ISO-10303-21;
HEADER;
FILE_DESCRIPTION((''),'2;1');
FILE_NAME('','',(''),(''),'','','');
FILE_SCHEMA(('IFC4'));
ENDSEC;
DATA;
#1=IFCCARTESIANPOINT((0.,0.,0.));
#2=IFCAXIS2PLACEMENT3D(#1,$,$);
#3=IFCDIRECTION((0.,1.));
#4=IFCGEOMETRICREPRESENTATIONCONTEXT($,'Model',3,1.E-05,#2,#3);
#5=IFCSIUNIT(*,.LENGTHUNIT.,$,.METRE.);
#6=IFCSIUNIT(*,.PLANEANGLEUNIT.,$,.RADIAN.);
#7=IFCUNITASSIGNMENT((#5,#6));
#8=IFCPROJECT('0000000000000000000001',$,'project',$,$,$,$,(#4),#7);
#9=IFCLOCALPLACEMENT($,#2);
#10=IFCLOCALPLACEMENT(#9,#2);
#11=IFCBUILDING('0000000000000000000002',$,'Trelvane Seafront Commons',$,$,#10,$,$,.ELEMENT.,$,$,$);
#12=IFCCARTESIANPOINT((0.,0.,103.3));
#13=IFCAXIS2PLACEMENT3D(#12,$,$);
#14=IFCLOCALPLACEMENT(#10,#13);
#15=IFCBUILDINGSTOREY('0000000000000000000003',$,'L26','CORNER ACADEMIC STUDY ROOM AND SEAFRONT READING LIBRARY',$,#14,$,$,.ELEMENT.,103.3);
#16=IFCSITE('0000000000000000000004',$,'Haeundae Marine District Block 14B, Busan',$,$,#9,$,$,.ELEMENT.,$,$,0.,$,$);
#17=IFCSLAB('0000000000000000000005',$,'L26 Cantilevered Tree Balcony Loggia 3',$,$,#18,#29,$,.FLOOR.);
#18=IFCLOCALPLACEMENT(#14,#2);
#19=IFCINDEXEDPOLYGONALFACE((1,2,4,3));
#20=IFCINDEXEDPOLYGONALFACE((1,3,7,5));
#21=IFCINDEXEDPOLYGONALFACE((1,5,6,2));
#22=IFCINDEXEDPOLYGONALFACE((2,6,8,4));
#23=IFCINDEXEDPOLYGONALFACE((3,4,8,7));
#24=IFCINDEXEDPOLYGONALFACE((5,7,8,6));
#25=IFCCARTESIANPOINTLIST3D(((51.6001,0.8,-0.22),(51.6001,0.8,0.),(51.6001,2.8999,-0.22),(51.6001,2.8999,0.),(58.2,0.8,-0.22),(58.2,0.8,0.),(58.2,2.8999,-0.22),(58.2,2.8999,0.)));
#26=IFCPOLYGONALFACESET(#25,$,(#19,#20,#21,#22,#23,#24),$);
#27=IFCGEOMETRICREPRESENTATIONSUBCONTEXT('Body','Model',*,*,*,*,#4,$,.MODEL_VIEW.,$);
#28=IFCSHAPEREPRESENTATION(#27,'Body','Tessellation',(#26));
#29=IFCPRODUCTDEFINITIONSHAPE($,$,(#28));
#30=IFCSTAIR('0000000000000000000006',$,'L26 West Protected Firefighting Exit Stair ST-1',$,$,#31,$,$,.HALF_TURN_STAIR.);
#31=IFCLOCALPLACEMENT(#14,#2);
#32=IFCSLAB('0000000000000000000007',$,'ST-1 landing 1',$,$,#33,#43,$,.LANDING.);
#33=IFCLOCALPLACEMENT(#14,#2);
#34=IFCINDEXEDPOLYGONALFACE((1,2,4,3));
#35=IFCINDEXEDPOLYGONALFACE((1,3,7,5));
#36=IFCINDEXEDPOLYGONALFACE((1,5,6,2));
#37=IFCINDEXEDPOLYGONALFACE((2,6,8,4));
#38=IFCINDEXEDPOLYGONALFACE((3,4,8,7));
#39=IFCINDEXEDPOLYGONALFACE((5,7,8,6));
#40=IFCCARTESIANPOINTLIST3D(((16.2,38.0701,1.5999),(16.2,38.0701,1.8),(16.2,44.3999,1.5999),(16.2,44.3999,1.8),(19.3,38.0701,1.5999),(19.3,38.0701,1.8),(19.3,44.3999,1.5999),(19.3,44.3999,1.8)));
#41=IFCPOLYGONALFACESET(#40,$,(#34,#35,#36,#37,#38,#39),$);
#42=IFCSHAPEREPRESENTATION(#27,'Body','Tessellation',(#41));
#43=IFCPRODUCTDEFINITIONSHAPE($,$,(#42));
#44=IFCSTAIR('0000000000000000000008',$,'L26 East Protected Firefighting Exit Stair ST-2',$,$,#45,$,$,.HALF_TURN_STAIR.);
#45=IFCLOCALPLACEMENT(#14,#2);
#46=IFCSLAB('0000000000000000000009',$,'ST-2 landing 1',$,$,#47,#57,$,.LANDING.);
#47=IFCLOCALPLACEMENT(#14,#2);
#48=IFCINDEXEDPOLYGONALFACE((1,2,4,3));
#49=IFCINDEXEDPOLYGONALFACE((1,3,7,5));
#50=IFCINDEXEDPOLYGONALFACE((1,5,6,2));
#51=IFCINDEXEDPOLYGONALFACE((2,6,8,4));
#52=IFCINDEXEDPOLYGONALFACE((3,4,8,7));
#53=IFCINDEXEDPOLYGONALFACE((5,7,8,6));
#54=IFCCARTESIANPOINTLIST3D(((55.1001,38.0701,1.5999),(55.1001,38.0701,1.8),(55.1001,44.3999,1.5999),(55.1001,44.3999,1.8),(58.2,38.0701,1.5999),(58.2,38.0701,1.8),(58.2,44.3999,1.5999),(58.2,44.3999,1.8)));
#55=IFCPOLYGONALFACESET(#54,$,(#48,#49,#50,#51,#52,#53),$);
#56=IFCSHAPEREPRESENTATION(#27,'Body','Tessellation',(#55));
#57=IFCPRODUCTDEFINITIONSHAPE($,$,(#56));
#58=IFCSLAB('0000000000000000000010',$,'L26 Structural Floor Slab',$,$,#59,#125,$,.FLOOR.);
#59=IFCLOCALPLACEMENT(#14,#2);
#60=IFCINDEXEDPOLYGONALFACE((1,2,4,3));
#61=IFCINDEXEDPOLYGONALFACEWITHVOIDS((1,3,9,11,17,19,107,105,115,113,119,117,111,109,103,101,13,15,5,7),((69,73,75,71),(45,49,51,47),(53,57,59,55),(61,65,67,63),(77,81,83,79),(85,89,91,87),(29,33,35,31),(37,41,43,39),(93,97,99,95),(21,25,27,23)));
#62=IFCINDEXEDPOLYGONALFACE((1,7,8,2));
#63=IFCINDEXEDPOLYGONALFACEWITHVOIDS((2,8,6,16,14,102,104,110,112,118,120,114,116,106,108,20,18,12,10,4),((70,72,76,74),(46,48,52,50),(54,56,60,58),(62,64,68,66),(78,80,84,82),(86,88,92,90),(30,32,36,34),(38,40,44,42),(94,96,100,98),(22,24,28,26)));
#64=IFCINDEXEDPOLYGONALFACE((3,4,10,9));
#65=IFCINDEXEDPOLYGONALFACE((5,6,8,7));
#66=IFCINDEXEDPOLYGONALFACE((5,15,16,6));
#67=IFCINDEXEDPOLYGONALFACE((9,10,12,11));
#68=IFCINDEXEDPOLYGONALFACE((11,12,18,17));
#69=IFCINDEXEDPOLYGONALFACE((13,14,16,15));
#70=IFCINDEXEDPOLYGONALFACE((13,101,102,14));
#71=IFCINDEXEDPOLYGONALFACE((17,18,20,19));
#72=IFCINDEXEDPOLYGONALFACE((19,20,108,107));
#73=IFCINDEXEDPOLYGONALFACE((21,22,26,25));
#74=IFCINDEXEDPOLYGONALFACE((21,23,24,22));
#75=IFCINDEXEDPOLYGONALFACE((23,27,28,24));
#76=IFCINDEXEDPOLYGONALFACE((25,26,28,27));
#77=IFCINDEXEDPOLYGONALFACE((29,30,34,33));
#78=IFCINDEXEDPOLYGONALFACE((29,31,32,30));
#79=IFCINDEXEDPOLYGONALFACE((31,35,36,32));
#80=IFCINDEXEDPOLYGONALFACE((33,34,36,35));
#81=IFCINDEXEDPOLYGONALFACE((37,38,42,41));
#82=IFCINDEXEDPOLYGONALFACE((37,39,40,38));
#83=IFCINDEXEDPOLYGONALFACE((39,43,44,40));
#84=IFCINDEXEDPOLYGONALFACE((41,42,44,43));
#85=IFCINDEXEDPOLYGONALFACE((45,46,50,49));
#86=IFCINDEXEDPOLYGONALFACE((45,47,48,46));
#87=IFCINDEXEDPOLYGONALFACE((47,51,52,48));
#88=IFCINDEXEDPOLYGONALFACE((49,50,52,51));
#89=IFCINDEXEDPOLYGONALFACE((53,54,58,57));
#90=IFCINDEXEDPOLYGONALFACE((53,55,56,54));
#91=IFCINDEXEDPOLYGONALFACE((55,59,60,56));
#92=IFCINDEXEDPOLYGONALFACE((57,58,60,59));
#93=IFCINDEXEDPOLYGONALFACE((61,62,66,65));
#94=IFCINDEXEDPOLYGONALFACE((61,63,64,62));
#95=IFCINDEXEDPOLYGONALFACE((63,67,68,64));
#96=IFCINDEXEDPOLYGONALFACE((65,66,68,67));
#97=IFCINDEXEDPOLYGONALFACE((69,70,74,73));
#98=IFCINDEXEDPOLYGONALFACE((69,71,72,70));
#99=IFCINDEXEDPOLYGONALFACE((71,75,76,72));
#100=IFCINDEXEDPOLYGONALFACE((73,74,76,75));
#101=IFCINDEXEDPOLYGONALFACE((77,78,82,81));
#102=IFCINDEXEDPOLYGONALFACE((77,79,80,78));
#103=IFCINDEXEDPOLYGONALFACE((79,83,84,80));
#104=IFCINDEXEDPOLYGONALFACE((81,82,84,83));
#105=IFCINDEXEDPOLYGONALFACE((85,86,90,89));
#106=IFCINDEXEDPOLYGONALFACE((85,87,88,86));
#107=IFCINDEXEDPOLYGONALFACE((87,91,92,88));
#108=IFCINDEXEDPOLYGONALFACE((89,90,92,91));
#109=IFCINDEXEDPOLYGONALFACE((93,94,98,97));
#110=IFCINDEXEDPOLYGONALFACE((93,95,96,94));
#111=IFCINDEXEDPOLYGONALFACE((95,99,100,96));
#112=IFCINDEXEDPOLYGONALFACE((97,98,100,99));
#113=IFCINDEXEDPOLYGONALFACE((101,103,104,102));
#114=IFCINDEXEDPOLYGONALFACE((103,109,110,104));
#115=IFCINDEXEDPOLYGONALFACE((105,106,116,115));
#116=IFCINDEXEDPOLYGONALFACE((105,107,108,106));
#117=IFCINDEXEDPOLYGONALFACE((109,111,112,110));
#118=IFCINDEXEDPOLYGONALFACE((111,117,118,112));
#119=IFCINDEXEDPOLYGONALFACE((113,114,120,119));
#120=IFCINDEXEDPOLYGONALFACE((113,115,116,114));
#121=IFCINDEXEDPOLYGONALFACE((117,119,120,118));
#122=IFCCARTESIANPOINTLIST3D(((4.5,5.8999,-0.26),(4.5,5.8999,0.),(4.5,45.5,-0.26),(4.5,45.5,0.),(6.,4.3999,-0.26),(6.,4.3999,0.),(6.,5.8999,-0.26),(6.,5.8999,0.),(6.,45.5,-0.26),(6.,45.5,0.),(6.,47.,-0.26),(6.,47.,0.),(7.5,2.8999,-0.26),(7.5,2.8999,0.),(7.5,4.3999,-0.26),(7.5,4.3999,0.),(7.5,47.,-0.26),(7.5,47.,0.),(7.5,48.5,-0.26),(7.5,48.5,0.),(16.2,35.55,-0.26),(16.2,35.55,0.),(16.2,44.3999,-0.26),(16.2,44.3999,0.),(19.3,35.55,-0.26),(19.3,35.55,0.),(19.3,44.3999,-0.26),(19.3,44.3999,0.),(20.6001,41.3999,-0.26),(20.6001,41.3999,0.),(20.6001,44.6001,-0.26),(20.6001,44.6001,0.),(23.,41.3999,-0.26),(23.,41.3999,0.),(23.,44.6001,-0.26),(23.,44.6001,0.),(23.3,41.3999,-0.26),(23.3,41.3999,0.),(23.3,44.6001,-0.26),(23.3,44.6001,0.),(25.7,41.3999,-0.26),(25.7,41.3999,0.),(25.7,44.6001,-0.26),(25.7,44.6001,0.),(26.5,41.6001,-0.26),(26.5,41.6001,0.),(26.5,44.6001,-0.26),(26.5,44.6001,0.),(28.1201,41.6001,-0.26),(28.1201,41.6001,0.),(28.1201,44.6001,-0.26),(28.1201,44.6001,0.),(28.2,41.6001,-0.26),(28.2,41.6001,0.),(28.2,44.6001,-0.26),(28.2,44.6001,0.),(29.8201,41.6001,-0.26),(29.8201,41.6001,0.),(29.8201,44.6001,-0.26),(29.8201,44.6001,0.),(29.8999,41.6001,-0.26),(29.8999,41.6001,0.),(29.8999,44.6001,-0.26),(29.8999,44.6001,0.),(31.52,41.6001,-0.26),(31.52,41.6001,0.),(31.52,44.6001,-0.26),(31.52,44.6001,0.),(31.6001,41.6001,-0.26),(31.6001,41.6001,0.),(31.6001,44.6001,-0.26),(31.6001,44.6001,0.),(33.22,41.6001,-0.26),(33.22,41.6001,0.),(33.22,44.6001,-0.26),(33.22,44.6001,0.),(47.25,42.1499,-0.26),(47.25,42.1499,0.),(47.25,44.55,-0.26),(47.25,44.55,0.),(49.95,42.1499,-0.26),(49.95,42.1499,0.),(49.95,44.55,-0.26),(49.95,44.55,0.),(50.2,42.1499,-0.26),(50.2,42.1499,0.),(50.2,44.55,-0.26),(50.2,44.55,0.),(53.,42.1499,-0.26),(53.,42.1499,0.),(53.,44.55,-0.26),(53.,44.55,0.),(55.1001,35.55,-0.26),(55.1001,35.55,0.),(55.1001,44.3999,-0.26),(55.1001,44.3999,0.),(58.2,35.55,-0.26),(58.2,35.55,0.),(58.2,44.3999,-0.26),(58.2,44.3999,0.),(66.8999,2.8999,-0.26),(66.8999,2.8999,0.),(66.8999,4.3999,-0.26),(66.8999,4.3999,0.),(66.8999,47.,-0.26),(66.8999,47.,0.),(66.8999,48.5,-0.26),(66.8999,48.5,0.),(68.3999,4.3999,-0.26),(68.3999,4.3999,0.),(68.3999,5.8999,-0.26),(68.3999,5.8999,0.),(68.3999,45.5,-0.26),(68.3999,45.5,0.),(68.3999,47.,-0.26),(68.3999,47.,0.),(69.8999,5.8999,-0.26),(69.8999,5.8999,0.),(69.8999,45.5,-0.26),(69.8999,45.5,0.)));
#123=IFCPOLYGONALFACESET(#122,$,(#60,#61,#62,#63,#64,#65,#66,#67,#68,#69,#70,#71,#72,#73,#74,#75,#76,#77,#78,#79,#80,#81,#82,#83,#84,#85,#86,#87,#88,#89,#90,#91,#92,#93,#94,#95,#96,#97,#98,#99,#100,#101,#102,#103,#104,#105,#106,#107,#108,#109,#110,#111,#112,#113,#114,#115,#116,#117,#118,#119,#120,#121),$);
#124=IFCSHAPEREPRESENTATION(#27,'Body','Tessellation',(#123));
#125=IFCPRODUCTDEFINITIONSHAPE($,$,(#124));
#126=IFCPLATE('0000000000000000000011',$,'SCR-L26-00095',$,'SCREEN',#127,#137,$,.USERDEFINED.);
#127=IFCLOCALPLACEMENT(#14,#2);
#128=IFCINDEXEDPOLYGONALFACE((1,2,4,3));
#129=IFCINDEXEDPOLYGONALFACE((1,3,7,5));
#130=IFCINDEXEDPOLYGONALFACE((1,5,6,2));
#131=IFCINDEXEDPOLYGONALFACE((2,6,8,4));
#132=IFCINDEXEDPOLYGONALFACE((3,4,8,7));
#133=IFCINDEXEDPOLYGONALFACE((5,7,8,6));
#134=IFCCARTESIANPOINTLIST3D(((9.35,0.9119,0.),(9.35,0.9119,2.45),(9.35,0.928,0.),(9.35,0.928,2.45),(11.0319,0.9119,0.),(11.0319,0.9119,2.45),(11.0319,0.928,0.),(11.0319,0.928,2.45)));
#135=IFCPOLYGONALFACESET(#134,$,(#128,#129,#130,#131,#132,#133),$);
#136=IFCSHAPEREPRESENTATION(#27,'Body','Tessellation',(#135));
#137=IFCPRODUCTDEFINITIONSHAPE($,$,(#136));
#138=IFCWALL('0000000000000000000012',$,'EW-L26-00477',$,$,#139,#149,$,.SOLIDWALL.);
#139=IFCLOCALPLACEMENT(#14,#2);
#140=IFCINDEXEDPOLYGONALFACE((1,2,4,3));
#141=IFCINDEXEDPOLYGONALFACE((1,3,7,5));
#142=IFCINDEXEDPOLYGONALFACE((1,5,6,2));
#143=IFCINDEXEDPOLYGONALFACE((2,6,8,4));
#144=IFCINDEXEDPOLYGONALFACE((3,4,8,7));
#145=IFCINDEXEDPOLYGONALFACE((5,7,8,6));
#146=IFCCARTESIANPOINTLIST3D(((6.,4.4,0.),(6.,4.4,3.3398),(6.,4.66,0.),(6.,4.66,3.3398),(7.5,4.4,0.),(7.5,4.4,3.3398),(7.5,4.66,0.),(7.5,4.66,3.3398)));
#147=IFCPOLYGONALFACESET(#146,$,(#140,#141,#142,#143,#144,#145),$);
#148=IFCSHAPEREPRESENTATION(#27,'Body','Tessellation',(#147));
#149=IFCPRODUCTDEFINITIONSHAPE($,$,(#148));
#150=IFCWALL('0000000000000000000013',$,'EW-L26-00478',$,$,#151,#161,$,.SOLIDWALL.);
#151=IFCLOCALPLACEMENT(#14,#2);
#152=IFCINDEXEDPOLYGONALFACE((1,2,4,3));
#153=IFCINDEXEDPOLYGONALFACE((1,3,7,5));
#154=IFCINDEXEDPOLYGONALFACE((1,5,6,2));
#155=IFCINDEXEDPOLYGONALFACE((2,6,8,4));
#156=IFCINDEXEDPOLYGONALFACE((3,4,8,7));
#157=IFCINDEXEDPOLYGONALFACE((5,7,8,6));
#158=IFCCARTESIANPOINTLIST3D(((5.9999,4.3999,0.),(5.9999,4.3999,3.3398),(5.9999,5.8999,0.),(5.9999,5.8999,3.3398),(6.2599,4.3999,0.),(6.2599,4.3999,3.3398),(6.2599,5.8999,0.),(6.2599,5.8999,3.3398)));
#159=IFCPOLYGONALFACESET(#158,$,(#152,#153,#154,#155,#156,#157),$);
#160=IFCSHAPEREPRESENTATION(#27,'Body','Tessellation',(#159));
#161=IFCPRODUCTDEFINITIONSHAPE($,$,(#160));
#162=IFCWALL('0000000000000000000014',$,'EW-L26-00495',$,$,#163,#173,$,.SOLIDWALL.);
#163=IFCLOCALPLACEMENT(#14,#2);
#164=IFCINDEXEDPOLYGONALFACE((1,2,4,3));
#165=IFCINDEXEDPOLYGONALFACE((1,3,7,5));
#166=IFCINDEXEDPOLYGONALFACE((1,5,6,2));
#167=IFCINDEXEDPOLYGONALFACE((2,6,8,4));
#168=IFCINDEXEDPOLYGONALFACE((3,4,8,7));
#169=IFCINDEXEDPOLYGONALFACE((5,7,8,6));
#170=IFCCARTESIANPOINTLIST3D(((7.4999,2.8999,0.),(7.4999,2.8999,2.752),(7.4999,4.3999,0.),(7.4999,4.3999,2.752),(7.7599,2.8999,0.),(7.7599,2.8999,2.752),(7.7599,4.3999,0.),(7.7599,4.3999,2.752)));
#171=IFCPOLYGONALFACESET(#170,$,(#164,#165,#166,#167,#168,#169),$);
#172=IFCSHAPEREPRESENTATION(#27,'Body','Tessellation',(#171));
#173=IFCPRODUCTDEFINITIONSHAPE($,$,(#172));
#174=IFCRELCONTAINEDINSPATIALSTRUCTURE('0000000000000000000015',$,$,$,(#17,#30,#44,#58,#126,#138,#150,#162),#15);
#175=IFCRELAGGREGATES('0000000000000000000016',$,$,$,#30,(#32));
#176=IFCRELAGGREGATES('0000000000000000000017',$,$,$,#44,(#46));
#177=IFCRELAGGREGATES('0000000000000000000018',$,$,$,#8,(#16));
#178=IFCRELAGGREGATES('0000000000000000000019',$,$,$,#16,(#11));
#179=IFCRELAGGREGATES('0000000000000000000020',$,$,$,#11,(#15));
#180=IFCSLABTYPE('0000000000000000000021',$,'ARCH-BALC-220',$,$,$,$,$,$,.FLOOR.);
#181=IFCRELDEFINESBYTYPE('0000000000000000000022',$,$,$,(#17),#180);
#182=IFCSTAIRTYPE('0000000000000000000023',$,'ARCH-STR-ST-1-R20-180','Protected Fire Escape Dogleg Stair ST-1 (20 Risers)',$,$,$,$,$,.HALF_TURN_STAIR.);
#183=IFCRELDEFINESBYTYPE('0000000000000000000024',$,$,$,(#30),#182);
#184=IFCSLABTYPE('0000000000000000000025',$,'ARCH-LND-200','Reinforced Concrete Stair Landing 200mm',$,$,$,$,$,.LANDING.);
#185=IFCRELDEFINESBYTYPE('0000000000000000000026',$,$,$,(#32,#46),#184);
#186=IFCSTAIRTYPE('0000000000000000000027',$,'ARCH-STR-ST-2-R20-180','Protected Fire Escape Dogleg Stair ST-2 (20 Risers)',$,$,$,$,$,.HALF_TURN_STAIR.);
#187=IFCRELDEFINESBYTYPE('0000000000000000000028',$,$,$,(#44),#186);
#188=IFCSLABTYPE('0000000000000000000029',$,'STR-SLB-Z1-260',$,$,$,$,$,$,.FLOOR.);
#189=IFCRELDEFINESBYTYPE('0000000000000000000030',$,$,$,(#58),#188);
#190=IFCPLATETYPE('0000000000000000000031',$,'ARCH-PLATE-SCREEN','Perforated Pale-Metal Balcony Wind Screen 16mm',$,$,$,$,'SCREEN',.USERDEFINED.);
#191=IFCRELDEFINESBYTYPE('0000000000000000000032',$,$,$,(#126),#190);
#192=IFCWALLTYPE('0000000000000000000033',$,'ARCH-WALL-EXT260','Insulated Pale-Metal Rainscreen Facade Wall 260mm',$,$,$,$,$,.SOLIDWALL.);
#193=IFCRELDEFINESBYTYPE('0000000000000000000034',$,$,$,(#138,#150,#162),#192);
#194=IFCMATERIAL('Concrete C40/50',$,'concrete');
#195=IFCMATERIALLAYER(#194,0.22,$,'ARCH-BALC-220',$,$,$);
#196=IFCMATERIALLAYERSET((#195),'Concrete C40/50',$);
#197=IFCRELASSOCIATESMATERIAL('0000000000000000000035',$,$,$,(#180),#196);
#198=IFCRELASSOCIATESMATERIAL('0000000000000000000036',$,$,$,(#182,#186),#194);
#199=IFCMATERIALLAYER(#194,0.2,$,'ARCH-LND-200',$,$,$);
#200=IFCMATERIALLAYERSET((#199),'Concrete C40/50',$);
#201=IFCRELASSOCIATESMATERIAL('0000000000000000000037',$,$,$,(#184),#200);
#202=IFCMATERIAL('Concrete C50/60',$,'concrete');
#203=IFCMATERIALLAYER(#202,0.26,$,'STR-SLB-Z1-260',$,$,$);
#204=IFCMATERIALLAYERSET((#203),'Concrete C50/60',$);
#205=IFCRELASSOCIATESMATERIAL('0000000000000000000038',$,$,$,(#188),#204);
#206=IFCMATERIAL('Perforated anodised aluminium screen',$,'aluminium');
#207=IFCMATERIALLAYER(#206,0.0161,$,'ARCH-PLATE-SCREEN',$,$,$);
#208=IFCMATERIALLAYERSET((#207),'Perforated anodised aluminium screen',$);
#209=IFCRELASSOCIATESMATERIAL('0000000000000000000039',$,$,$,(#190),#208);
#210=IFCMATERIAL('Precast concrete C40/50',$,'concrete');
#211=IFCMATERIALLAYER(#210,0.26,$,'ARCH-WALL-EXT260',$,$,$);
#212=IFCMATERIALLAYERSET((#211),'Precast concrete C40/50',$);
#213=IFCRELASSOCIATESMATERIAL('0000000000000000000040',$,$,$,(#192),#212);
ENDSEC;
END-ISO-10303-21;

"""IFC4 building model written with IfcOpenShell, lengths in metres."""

from ifc_helpers import new_model, si_unit, direction, frame, frame_2d, origin, origin_2d, place, context, subcontext, project, spatial, polyline, rectangle, outline, extrude, source, transform, mapped, material, layer, layer_set, type_object, element, aggregate, save


model = new_model("IFC4")

# Units and contexts
model_context = context("Model", 3, precision=1e-05, world=origin(), true_north=direction((0.0, 1.0)))
body_context = subcontext(model_context, "Body", "Model", "MODEL_VIEW")
ifc_project = project(units=[si_unit("LENGTHUNIT", "METRE"), si_unit("PLANEANGLEUNIT", "RADIAN")], contexts=[model_context])

# Site, building, storey
site_placement = place(None, origin())
site = spatial("IfcSite", under=ifc_project, at=site_placement, Name="Haeundae Marine District Block 14B, Busan", CompositionType="ELEMENT", RefElevation=0.0)
building_placement = place(site_placement, origin())
building = spatial("IfcBuilding", under=site, at=building_placement, Name="Trelvane Seafront Commons", CompositionType="ELEMENT")
storey_placement = place(building_placement, frame((0.0, 0.0, 103.3)))
storey = spatial("IfcBuildingStorey", under=building, at=storey_placement, Name="L26", Description="CORNER ACADEMIC STUDY ROOM AND SEAFRONT READING LIBRARY", CompositionType="ELEMENT", Elevation=103.3)

# Slab
ifc_material_1 = material(Name="Concrete C40/50", Category="concrete")
ifc_layer_1 = layer(ifc_material_1, 0.22, Name="ARCH-BALC-220")
ifc_layer_set_1 = layer_set([ifc_layer_1], Name="Concrete C40/50")
slab_type_1 = type_object("IfcSlabType", Name="ARCH-BALC-220", PredefinedType="FLOOR", material=ifc_layer_set_1)
slab_1_placement = place(storey_placement, frame((0.0, 0.0, -0.22)))
element("IfcSlab", 1, at=slab_1_placement, inside=storey, type_object=slab_type_1, Name="L26 Cantilevered Tree Balcony Loggia 3", PredefinedType="FLOOR", context=body_context, shape_type="SweptSolid", body=[
    extrude(outline(polyline([(51.6001, 0.8), (58.2, 0.8), (58.2, 2.8999), (51.6001, 2.8999), (51.6001, 0.8)])), origin(), (0.0, 0.0, 1.0), 0.22),
])

# Stairs, slabs
stair_type_1 = type_object("IfcStairType", Name="ARCH-STR-ST-1-R20-180", Description="Protected Fire Escape Dogleg Stair ST-1 (20 Risers)", PredefinedType="HALF_TURN_STAIR", material=ifc_material_1)
stair_1_placement = place(storey_placement, origin())
stair_1 = element("IfcStair", 2, at=stair_1_placement, inside=storey, type_object=stair_type_1, Name="L26 West Protected Firefighting Exit Stair ST-1", PredefinedType="HALF_TURN_STAIR")
ifc_layer_2 = layer(ifc_material_1, 0.2, Name="ARCH-LND-200")
ifc_layer_set_2 = layer_set([ifc_layer_2], Name="Concrete C40/50")
slab_type_2 = type_object("IfcSlabType", Name="ARCH-LND-200", Description="Reinforced Concrete Stair Landing 200mm", PredefinedType="LANDING", material=ifc_layer_set_2)
slab_2_placement = place(storey_placement, frame((0.0, 0.0, 1.5999)))
slab_2 = element("IfcSlab", 3, at=slab_2_placement, type_object=slab_type_2, Name="ST-1 landing 1", PredefinedType="LANDING", context=body_context, shape_type="SweptSolid", body=[
    extrude(outline(polyline([(19.3, 38.0701), (19.3, 44.3999), (16.2, 44.3999), (16.2, 38.0701), (19.3, 38.0701)])), origin(), (0.0, 0.0, 1.0), 0.2002),
])
aggregate(stair_1, [slab_2])
stair_type_2 = type_object("IfcStairType", Name="ARCH-STR-ST-2-R20-180", Description="Protected Fire Escape Dogleg Stair ST-2 (20 Risers)", PredefinedType="HALF_TURN_STAIR", material=ifc_material_1)
stair_2_placement = place(storey_placement, origin())
stair_2 = element("IfcStair", 4, at=stair_2_placement, inside=storey, type_object=stair_type_2, Name="L26 East Protected Firefighting Exit Stair ST-2", PredefinedType="HALF_TURN_STAIR")
slab_3_placement = place(storey_placement, frame((0.0, 0.0, 1.5999)))
slab_3 = element("IfcSlab", 5, at=slab_3_placement, type_object=slab_type_2, Name="ST-2 landing 1", PredefinedType="LANDING", context=body_context, shape_type="SweptSolid", body=[
    extrude(outline(polyline([(58.2, 38.0701), (58.2, 44.3999), (55.1001, 44.3999), (55.1001, 38.0701), (58.2, 38.0701)])), origin(), (0.0, 0.0, 1.0), 0.2002),
])
aggregate(stair_2, [slab_3])

# Slab
ifc_material_2 = material(Name="Concrete C50/60", Category="concrete")
ifc_layer_3 = layer(ifc_material_2, 0.26, Name="STR-SLB-Z1-260")
ifc_layer_set_3 = layer_set([ifc_layer_3], Name="Concrete C50/60")
slab_type_3 = type_object("IfcSlabType", Name="STR-SLB-Z1-260", PredefinedType="FLOOR", material=ifc_layer_set_3)
slab_4_placement = place(storey_placement, frame((0.0, 0.0, -0.26)))
element("IfcSlab", 6, at=slab_4_placement, inside=storey, type_object=slab_type_3, Name="L26 Structural Floor Slab", PredefinedType="FLOOR", context=body_context, shape_type="SweptSolid", body=[
    extrude(outline(polyline([(7.5, 2.8999), (66.8999, 2.8999), (66.8999, 4.3999), (68.3999, 4.3999), (68.3999, 5.8999), (69.8999, 5.8999), (69.8999, 45.5), (68.3999, 45.5), (68.3999, 47.0), (66.8999, 47.0), (66.8999, 48.5), (7.5, 48.5), (7.5, 47.0), (6.0, 47.0), (6.0, 45.5), (4.5, 45.5), (4.5, 5.8999), (6.0, 5.8999), (6.0, 4.3999), (7.5, 4.3999), (7.5, 2.8999)]), holes=[polyline([(19.3, 35.55), (16.2, 35.55), (16.2, 44.3999), (19.3, 44.3999), (19.3, 35.55)]), polyline([(58.2, 35.55), (55.1001, 35.55), (55.1001, 44.3999), (58.2, 44.3999), (58.2, 35.55)]), polyline([(23.0, 41.3999), (20.6001, 41.3999), (20.6001, 44.6001), (23.0, 44.6001), (23.0, 41.3999)]), polyline([(23.3, 41.3999), (23.3, 44.6001), (25.7, 44.6001), (25.7, 41.3999), (23.3, 41.3999)]), polyline([(26.5, 41.6001), (26.5, 44.6001), (28.1201, 44.6001), (28.1201, 41.6001), (26.5, 41.6001)]), polyline([(29.8201, 41.6001), (28.2, 41.6001), (28.2, 44.6001), (29.8201, 44.6001), (29.8201, 41.6001)]), polyline([(31.52, 41.6001), (29.8999, 41.6001), (29.8999, 44.6001), (31.52, 44.6001), (31.52, 41.6001)]), polyline([(33.22, 41.6001), (31.6001, 41.6001), (31.6001, 44.6001), (33.22, 44.6001), (33.22, 41.6001)]), polyline([(47.25, 42.1499), (47.25, 44.55), (49.95, 44.55), (49.95, 42.1499), (47.25, 42.1499)]), polyline([(50.2, 42.1499), (50.2, 44.55), (53.0, 44.55), (53.0, 42.1499), (50.2, 42.1499)])]), origin(), (0.0, 0.0, 1.0), 0.26),
])

# Plate
ifc_material_3 = material(Name="Perforated anodised aluminium screen", Category="aluminium")
ifc_layer_4 = layer(ifc_material_3, 0.0161, Name="ARCH-PLATE-SCREEN")
ifc_layer_set_4 = layer_set([ifc_layer_4], Name="Perforated anodised aluminium screen")
plate_type = type_object("IfcPlateType", Name="ARCH-PLATE-SCREEN", Description="Perforated Pale-Metal Balcony Wind Screen 16mm", ElementType="SCREEN", PredefinedType="USERDEFINED", material=ifc_layer_set_4)
shared_shape_1 = source(origin(), body_context, "Body", "SweptSolid", [
    extrude(rectangle(XDim=1.6819, YDim=0.0161, at=origin_2d()), origin(), (0.0, 0.0, 1.0), 2.45),
])
plate_placement = place(storey_placement, frame((10.1909, 0.9199, 0.0), z_axis=(0.0, 0.0, 1.0), x_axis=(1.0, 0.0, 0.0)))
element("IfcPlate", 7, at=plate_placement, inside=storey, type_object=plate_type, Name="SCR-L26-00095", ObjectType="SCREEN", PredefinedType="USERDEFINED", context=body_context, shape_type="MappedRepresentation", body=[
    mapped(shared_shape_1, transform((0.0, 0.0, 0.0), x_axis=(1.0, 0.0, 0.0), y_axis=(0.0, 1.0, 0.0), z_axis=(0.0, 0.0, 1.0), scale=1.0)),
])

# Walls
ifc_material_4 = material(Name="Precast concrete C40/50", Category="concrete")
ifc_layer_5 = layer(ifc_material_4, 0.26, Name="ARCH-WALL-EXT260")
ifc_layer_set_5 = layer_set([ifc_layer_5], Name="Precast concrete C40/50")
wall_type_1 = type_object("IfcWallType", Name="ARCH-WALL-EXT260", Description="Insulated Pale-Metal Rainscreen Facade Wall 260mm", PredefinedType="SOLIDWALL", material=ifc_layer_set_5)
for number, where, z_axis, x_axis, name in (
    (8, (7.5, 4.53, 0.0), (0.0, 0.0, 1.0), (-1.0, 0.0, 0.0), "EW-L26-00477"),
    (9, (6.1299, 4.3999, 0.0), (0.0, 0.0, 1.0), (0.0, 1.0, 0.0), "EW-L26-00478"),
):
    element("IfcWall", number, at=place(storey_placement, frame(where, z_axis=z_axis, x_axis=x_axis)), inside=storey, type_object=wall_type_1, Name=name, PredefinedType="SOLIDWALL", context=body_context, shape_type="SweptSolid", body=[
        extrude(rectangle(XDim=1.5, YDim=0.26, at=frame_2d((0.75, 0.0))), origin(), (0.0, 0.0, 1.0), 3.3398),
    ])
wall_placement = place(storey_placement, frame((7.6299, 2.8999, 0.0), z_axis=(0.0, 0.0, 1.0), x_axis=(0.0, 1.0, 0.0)))
element("IfcWall", 10, at=wall_placement, inside=storey, type_object=wall_type_1, Name="EW-L26-00495", PredefinedType="SOLIDWALL", context=body_context, shape_type="SweptSolid", body=[
    extrude(rectangle(XDim=1.5, YDim=0.26, at=frame_2d((0.75, 0.0))), origin(), (0.0, 0.0, 1.0), 2.752),
])

save(model, "model.ifc")
